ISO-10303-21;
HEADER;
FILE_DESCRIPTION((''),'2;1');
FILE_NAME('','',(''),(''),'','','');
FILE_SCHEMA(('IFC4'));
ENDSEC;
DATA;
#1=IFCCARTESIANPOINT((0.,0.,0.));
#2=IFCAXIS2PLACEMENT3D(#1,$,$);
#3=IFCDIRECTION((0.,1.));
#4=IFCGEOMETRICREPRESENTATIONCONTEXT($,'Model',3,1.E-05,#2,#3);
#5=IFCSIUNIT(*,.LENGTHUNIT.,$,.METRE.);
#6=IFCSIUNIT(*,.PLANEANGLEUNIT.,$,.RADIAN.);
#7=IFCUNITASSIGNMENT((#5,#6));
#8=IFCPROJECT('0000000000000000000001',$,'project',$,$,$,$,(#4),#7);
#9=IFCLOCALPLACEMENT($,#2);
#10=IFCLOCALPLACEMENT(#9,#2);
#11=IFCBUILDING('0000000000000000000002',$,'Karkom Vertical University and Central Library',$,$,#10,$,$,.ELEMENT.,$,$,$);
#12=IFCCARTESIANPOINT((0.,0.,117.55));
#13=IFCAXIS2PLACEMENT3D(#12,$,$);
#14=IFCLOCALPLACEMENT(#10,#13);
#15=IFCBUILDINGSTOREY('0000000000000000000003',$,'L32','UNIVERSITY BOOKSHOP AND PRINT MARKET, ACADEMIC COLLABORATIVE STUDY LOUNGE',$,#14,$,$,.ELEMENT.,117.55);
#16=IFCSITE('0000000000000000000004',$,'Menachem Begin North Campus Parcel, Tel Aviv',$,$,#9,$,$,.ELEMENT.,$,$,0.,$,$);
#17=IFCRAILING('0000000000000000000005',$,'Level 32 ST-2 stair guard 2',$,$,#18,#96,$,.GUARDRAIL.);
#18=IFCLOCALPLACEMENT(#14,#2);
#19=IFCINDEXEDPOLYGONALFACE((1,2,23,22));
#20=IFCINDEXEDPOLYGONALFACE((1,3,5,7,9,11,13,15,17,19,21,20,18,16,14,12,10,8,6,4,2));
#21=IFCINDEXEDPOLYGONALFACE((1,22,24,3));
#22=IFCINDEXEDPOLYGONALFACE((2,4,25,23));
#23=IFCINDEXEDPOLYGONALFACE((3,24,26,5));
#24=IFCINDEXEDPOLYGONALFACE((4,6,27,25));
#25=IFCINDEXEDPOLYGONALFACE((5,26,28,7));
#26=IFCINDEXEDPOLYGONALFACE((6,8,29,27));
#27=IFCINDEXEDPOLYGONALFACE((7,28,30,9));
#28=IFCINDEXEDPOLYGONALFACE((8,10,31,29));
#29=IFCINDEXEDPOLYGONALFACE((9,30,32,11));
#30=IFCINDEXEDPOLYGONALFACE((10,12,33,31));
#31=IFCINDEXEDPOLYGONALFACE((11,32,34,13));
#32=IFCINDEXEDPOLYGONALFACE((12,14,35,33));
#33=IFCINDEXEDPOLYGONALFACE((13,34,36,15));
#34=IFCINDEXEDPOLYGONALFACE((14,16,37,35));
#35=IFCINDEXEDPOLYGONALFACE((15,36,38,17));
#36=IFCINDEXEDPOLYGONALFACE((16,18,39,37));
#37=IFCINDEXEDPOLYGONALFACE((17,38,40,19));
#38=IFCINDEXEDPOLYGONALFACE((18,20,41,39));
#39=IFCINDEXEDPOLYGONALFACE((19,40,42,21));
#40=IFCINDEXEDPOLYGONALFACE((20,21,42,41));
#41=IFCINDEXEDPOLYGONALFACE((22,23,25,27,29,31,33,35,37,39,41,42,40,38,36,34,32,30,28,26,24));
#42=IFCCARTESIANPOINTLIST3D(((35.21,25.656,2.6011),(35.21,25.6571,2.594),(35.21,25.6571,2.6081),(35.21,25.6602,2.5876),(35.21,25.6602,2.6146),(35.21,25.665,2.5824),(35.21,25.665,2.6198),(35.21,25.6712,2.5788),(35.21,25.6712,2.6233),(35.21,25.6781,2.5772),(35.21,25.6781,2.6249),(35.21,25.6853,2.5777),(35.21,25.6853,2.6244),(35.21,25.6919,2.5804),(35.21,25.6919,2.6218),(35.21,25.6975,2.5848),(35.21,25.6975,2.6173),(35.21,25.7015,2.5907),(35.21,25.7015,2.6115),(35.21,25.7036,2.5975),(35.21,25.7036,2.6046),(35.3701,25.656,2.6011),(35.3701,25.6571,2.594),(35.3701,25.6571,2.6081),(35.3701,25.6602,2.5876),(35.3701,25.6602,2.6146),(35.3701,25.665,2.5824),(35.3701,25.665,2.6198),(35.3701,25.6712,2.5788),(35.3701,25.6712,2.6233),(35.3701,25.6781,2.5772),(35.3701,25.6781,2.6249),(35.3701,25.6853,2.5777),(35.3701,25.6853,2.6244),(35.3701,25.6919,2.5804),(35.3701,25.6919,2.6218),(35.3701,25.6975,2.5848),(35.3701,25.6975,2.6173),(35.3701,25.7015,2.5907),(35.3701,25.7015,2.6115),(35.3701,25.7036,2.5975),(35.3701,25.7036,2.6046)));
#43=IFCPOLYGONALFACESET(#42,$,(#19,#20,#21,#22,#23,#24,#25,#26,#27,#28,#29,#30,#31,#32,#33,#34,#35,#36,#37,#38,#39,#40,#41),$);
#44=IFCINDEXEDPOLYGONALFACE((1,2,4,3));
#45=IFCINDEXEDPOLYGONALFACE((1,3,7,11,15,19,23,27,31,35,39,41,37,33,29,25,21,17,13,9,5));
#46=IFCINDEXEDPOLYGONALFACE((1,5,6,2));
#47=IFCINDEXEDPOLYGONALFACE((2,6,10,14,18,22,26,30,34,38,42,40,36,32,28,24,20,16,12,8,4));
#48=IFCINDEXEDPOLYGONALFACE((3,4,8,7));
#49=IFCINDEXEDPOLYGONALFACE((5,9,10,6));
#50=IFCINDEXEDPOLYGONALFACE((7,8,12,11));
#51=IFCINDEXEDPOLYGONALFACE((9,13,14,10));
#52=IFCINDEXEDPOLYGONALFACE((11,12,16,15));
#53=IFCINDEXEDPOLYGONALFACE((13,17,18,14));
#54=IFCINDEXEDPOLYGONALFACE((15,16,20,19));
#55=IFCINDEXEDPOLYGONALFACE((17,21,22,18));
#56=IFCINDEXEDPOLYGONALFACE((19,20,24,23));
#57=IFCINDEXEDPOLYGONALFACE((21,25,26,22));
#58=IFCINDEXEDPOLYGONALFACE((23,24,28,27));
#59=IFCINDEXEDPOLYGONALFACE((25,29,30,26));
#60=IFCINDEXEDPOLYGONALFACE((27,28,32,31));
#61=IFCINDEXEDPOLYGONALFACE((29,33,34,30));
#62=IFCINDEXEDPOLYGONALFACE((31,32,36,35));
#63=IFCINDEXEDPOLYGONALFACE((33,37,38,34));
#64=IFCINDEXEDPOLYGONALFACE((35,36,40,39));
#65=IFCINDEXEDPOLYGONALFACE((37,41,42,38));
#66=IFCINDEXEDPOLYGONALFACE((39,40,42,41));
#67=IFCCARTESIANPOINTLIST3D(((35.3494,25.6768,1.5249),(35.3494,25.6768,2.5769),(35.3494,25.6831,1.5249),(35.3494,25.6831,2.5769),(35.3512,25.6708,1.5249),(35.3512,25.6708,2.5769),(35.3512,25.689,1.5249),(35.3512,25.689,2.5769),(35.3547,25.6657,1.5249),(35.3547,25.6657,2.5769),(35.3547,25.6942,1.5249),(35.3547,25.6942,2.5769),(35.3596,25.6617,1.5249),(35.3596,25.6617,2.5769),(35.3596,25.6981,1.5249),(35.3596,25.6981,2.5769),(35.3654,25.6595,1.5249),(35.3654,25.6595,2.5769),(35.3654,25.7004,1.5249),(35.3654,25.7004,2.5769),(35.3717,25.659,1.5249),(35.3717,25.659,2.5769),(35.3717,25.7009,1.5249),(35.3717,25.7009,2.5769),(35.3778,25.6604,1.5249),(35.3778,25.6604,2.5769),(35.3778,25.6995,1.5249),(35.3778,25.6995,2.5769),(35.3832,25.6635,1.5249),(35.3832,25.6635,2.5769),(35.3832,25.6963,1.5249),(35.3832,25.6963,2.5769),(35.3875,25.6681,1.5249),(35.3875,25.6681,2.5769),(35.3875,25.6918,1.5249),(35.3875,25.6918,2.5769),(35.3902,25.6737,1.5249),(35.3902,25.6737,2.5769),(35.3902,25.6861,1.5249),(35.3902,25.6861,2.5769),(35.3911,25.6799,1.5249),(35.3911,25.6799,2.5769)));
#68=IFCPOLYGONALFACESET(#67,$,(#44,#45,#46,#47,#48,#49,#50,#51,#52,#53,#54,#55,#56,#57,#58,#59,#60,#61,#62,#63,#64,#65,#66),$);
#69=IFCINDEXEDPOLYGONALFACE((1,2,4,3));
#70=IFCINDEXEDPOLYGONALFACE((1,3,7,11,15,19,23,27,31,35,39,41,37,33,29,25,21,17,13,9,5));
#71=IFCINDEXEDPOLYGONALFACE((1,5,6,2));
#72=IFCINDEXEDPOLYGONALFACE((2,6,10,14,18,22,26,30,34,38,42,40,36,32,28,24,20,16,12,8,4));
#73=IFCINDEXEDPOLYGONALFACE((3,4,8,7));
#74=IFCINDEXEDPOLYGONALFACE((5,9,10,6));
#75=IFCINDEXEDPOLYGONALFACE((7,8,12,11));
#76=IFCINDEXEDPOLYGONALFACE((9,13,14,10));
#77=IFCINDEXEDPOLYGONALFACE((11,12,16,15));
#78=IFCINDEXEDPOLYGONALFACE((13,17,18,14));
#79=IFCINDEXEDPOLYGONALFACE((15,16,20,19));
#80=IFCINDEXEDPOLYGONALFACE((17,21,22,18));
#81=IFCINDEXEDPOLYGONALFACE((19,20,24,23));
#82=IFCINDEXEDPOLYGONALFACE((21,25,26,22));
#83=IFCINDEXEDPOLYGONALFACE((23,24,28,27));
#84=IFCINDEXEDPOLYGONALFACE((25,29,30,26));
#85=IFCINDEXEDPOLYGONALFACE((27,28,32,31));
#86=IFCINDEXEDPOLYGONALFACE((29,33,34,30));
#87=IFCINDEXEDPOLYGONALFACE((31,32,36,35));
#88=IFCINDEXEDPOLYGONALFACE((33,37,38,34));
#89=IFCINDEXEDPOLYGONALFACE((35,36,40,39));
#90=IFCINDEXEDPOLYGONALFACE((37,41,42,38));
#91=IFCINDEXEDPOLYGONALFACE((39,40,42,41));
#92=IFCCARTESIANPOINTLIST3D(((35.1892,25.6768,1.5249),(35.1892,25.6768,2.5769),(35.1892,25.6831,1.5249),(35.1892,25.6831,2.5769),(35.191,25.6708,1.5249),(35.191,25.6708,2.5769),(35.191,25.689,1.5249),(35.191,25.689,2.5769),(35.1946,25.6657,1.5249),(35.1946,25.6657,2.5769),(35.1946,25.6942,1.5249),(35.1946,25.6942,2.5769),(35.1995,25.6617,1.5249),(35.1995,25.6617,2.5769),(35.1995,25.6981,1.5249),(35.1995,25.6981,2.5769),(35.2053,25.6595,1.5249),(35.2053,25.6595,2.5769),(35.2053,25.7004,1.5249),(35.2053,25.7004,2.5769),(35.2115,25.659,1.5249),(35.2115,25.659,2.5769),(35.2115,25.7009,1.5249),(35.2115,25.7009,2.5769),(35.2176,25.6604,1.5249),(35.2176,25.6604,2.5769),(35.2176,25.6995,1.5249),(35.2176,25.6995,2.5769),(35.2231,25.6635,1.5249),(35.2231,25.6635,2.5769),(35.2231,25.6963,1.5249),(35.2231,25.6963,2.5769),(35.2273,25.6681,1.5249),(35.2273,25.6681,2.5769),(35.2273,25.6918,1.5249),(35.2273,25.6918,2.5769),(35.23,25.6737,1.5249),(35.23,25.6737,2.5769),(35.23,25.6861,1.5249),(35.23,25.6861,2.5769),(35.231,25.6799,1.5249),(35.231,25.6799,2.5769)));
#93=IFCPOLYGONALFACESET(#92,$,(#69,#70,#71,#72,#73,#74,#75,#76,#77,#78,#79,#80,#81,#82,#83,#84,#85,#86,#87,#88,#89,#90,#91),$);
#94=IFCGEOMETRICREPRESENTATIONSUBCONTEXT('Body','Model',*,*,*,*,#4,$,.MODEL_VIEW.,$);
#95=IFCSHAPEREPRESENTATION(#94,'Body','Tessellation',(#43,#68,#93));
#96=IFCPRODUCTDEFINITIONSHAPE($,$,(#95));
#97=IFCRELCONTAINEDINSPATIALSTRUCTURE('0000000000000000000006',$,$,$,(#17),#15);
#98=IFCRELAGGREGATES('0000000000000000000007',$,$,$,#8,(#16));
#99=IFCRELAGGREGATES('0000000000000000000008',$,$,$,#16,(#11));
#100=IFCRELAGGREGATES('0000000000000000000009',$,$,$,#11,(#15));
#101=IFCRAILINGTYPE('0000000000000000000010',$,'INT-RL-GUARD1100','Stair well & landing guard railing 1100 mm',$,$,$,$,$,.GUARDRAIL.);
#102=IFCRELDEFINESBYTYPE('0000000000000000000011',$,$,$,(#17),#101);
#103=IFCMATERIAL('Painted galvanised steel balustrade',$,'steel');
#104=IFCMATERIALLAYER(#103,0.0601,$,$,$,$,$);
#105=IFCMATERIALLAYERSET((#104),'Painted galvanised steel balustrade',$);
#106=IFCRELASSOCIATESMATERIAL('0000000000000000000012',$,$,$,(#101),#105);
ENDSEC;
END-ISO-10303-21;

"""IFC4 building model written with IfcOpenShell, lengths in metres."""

from ifc_helpers import new_model, si_unit, direction, frame, origin, origin_2d, place, context, subcontext, project, spatial, circle, extrude, material, layer, layer_set, type_object, element, save


model = new_model("IFC4")

# Units and contexts
model_context = context("Model", 3, precision=1e-05, world=origin(), true_north=direction((0.0, 1.0)))
body_context = subcontext(model_context, "Body", "Model", "MODEL_VIEW")
ifc_project = project(units=[si_unit("LENGTHUNIT", "METRE"), si_unit("PLANEANGLEUNIT", "RADIAN")], contexts=[model_context])

# Site, building, storey
site_placement = place(None, origin())
site = spatial("IfcSite", under=ifc_project, at=site_placement, Name="Menachem Begin North Campus Parcel, Tel Aviv", CompositionType="ELEMENT", RefElevation=0.0)
building_placement = place(site_placement, origin())
building = spatial("IfcBuilding", under=site, at=building_placement, Name="Karkom Vertical University and Central Library", CompositionType="ELEMENT")
storey_placement = place(building_placement, frame((0.0, 0.0, 117.55)))
storey = spatial("IfcBuildingStorey", under=building, at=storey_placement, Name="L32", Description="UNIVERSITY BOOKSHOP AND PRINT MARKET, ACADEMIC COLLABORATIVE STUDY LOUNGE", CompositionType="ELEMENT", Elevation=117.55)

# Railing
ifc_material_1 = material(Name="Painted galvanised steel balustrade", Category="steel")
ifc_layer_1 = layer(ifc_material_1, 0.0601)
ifc_layer_set_1 = layer_set([ifc_layer_1], Name="Painted galvanised steel balustrade")
railing_type_1 = type_object("IfcRailingType", Name="INT-RL-GUARD1100", Description="Stair well & landing guard railing 1100 mm", PredefinedType="GUARDRAIL", material=ifc_layer_set_1)
railing_1_placement = place(storey_placement, frame((35.3701, 25.6799, 1.5249)))
element("IfcRailing", 1, at=railing_1_placement, inside=storey, type_object=railing_type_1, Name="Level 32 ST-2 stair guard 2", PredefinedType="GUARDRAIL", context=body_context, shape_type="SweptSolid", body=[
    extrude(circle(Radius=0.0239, at=origin_2d()), frame((0.0, 0.0, 1.0762), z_axis=(-1.0, 0.0, 0.0), x_axis=(0.0, -1.0, 0.0)), (0.0, 0.0, 1.0), 0.1602),
    extrude(circle(Radius=0.021, at=origin_2d()), origin(), (0.0, 0.0, 1.0), 1.052),
    extrude(circle(Radius=0.021, at=origin_2d()), frame((-0.1602, 0.0, 0.0)), (0.0, 0.0, 1.0), 1.052),
])

save(model, "model.ifc")
